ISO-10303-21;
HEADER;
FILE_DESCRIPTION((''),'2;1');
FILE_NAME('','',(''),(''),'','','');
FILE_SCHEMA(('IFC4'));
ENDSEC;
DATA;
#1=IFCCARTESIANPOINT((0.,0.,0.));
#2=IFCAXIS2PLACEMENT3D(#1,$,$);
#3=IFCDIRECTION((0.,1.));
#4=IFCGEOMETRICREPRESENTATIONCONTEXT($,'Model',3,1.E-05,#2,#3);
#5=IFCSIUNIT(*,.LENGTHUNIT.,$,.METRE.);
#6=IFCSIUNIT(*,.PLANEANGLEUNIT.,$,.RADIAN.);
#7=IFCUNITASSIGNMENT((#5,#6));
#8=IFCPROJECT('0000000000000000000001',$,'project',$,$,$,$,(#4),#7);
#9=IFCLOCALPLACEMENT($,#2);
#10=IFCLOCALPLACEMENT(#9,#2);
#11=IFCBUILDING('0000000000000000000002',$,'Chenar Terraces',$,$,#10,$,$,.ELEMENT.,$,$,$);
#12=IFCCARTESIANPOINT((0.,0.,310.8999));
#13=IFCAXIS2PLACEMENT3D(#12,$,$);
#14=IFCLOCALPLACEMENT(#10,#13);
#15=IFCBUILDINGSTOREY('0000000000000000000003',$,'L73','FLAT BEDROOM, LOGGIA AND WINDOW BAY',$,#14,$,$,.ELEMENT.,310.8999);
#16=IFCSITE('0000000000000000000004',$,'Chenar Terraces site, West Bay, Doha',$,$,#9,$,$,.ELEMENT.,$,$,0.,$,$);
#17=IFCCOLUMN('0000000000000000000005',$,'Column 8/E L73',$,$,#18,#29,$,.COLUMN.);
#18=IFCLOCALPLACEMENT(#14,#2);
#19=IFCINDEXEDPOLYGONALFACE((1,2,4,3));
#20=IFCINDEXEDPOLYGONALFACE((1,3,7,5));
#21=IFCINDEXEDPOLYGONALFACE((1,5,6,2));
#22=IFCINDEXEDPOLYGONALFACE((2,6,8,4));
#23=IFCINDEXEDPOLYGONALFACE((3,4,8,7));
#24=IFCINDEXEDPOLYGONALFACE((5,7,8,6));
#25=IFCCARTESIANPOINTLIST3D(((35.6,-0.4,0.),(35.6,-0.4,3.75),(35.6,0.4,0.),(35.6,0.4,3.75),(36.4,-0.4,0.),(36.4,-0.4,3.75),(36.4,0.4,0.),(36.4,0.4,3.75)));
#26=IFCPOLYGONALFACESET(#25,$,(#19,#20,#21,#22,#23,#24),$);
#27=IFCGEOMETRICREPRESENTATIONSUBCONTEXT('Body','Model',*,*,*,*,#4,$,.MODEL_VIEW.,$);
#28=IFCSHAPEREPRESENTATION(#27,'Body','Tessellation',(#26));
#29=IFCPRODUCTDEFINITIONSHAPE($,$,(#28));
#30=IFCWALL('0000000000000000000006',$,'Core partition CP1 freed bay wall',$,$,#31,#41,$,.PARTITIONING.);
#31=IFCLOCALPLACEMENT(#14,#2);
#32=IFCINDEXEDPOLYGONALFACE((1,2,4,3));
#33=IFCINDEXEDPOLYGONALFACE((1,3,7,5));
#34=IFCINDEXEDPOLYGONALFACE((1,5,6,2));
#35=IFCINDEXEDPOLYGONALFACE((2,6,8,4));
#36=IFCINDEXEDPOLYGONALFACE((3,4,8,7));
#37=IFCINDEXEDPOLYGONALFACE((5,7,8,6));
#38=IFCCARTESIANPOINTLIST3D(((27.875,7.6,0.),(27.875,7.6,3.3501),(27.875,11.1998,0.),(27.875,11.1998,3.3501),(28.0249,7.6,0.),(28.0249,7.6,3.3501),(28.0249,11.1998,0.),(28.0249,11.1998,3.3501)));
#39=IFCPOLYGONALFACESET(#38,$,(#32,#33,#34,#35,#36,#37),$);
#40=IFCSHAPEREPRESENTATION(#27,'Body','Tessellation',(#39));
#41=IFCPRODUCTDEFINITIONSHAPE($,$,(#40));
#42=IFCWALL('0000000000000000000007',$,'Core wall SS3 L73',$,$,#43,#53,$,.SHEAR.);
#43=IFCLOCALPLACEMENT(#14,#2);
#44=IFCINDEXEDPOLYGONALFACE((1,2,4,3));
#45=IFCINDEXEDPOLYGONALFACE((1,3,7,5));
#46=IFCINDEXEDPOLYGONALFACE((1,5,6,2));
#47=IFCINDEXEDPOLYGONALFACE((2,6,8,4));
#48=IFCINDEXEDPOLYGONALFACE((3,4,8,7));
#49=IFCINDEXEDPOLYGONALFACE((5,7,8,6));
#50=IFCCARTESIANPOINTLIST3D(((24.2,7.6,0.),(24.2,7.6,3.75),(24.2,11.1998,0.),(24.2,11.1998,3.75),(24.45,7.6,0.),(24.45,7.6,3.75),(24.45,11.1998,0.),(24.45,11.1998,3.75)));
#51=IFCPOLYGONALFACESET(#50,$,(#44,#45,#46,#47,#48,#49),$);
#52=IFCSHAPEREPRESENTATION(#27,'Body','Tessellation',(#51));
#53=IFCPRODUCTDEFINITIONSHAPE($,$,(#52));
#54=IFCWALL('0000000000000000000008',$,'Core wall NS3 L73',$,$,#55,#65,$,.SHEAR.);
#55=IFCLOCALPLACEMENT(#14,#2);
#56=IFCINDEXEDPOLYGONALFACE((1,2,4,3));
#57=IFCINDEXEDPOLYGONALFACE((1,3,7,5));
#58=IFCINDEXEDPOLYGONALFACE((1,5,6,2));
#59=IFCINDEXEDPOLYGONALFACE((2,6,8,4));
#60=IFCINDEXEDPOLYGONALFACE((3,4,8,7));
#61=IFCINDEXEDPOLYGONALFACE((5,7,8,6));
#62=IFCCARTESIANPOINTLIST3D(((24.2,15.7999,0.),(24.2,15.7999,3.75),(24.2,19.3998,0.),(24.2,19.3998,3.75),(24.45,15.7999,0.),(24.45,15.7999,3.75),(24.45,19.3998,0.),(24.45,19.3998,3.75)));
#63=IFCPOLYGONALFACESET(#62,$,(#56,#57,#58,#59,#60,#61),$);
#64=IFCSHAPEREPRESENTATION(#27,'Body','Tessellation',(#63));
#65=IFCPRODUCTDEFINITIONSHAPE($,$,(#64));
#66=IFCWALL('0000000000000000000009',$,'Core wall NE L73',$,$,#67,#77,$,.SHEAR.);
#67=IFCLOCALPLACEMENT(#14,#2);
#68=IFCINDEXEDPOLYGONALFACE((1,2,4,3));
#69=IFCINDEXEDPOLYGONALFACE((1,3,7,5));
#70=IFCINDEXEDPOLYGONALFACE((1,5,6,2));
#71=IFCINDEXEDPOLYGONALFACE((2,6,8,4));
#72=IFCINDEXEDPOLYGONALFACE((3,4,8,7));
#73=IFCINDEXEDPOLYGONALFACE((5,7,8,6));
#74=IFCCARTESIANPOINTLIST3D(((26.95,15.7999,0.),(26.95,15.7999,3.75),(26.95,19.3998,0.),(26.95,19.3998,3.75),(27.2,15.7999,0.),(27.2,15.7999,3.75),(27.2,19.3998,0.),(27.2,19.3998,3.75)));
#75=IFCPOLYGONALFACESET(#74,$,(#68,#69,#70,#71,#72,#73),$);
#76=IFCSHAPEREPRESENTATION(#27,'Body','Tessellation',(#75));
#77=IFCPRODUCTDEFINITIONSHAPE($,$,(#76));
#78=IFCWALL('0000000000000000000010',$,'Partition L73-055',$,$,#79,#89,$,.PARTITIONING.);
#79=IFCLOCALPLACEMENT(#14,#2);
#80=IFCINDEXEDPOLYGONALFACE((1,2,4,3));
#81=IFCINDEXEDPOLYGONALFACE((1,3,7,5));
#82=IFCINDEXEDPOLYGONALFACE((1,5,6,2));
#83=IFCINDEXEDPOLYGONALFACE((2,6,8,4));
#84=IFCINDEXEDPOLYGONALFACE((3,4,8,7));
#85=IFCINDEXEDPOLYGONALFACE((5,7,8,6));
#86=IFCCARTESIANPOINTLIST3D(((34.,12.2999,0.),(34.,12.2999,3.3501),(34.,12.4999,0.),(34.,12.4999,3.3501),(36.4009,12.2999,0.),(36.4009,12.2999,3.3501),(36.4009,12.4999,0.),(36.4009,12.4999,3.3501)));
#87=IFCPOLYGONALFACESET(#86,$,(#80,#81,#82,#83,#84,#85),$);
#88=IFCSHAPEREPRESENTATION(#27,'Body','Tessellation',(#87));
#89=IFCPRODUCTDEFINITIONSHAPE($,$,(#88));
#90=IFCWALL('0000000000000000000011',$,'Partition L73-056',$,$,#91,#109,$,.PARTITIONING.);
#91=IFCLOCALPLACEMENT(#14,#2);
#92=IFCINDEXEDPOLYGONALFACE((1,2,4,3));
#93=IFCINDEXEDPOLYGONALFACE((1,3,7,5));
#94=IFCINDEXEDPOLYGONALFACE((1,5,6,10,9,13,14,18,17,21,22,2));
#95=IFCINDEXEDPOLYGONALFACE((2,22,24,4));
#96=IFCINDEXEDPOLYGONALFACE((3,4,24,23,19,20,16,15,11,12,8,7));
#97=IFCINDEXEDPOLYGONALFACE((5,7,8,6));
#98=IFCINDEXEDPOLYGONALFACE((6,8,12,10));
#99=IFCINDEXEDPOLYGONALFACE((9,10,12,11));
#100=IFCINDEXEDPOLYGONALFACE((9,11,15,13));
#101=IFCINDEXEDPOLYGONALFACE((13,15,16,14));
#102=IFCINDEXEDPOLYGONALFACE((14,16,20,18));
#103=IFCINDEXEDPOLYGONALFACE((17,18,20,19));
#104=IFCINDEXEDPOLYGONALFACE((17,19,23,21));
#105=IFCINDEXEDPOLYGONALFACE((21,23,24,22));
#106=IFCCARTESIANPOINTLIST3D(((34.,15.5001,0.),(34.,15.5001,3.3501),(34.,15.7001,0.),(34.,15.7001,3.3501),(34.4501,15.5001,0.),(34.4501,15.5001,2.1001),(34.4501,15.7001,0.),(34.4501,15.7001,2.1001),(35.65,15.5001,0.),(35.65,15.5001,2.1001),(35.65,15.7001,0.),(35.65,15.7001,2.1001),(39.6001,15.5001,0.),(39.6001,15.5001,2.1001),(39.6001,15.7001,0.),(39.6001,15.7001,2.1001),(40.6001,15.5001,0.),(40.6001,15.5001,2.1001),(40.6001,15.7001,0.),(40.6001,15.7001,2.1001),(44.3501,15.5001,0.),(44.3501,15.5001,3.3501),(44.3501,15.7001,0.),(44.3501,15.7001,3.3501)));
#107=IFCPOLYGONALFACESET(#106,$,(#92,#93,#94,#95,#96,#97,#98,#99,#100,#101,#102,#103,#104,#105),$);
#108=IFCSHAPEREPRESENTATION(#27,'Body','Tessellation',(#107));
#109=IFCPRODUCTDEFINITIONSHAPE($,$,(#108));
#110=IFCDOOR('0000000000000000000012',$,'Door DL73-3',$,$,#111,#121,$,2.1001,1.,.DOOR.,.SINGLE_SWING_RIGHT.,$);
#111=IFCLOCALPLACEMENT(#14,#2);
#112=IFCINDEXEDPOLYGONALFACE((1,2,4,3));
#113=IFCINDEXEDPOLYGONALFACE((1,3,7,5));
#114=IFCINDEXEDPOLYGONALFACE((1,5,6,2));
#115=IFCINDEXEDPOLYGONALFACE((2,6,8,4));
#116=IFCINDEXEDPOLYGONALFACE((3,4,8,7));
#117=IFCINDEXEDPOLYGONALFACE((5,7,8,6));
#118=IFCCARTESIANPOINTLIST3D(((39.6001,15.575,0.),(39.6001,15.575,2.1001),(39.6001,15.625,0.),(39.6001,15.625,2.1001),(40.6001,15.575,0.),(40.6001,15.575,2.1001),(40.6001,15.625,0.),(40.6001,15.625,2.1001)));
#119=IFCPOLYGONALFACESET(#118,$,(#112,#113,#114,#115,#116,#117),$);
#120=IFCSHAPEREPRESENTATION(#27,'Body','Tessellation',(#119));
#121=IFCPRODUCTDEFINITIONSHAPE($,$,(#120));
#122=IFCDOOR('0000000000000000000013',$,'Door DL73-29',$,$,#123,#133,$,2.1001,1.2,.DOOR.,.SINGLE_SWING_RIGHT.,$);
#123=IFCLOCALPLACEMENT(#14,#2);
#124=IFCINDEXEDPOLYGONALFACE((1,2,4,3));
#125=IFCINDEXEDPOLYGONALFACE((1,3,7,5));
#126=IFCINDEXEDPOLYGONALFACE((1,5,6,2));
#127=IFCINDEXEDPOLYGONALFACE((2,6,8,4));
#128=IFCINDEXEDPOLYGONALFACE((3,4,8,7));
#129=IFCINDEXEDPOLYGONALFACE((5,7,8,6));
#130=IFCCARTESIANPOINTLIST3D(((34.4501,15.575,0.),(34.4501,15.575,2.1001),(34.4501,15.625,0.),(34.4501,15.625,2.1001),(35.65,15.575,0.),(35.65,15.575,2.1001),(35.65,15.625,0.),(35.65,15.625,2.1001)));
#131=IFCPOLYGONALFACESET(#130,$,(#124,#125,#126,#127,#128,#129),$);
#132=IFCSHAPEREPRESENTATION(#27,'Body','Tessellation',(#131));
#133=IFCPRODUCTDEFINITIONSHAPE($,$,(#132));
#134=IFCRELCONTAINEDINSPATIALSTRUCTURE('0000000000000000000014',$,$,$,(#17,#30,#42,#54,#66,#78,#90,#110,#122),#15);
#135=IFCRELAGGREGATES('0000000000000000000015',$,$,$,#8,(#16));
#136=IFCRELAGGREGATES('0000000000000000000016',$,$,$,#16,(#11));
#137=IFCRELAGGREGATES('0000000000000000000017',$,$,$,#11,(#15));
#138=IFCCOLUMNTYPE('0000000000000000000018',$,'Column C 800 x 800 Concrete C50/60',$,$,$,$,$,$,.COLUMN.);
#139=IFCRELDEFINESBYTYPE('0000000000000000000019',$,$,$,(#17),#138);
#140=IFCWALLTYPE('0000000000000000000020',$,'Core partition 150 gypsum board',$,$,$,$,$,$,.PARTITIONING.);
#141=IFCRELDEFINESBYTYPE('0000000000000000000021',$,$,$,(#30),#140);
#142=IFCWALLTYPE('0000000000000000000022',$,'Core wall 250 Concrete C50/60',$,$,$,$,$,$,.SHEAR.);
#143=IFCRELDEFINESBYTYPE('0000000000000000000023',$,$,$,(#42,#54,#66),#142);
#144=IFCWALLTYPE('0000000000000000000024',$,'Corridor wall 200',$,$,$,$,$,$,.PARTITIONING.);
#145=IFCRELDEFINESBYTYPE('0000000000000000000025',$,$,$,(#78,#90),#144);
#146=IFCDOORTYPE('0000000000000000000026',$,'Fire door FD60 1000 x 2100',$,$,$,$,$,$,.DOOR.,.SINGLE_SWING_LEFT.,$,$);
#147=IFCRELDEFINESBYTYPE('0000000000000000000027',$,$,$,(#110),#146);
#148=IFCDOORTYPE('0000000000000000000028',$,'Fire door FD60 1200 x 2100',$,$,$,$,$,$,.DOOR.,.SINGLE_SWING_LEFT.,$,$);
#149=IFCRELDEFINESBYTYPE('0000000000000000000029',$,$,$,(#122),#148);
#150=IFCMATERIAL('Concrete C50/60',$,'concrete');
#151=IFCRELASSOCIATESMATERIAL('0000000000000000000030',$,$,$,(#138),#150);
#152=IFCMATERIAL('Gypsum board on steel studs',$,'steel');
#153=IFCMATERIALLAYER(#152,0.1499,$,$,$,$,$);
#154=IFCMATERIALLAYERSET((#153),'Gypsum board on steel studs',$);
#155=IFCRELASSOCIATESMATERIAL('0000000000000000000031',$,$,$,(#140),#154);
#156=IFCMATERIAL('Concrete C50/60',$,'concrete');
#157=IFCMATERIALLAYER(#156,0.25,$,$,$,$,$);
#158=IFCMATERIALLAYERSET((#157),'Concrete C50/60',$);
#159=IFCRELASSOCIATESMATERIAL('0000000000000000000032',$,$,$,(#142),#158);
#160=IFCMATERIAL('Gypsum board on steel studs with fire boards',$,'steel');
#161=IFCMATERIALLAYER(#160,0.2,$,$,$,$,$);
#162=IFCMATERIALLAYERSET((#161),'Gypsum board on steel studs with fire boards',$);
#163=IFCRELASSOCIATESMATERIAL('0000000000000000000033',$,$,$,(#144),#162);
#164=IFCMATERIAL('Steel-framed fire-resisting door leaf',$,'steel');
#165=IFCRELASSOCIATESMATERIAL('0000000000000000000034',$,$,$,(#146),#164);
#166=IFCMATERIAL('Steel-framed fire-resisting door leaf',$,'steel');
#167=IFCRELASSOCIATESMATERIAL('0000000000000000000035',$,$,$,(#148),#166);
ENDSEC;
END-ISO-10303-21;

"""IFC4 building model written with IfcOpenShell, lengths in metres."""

from ifc_helpers import new_model, si_unit, direction, frame, frame_2d, origin, origin_2d, place, context, subcontext, project, spatial, rectangle, extrude, material, layer, layer_set, material_profile, profile_set, type_object, element, fill, save


model = new_model("IFC4")

# Units and contexts
model_context = context("Model", 3, precision=1e-05, world=origin(), true_north=direction((0.0, 1.0)))
body_context = subcontext(model_context, "Body", "Model", "MODEL_VIEW")
ifc_project = project(units=[si_unit("LENGTHUNIT", "METRE"), si_unit("PLANEANGLEUNIT", "RADIAN")], contexts=[model_context])

# Site, building, storey
site_placement = place(None, origin())
site = spatial("IfcSite", under=ifc_project, at=site_placement, Name="Chenar Terraces site, West Bay, Doha", CompositionType="ELEMENT", RefElevation=0.0)
building_placement = place(site_placement, origin())
building = spatial("IfcBuilding", under=site, at=building_placement, Name="Chenar Terraces", CompositionType="ELEMENT")
storey_placement = place(building_placement, frame((0.0, 0.0, 310.8999)))
storey = spatial("IfcBuildingStorey", under=building, at=storey_placement, Name="L73", Description="FLAT BEDROOM, LOGGIA AND WINDOW BAY", CompositionType="ELEMENT", Elevation=310.8999)

# Column
ifc_material_1 = material(Name="Concrete C50/60", Category="concrete")
ifc_material_profile_1 = material_profile(ifc_material_1, rectangle(XDim=0.8, YDim=0.8, at=origin_2d()), Name="C 800 x 800")
ifc_profile_set_1 = profile_set([ifc_material_profile_1], Name="Concrete C50/60")
column_type = type_object("IfcColumnType", Name="Column C 800 x 800 Concrete C50/60", PredefinedType="COLUMN", material=ifc_profile_set_1)
column_placement = place(storey_placement, frame((36.0, 0.0, 0.0), z_axis=(0.0, 0.0, 1.0), x_axis=(1.0, 0.0, 0.0)))
element("IfcColumn", 1, at=column_placement, inside=storey, type_object=column_type, Name="Column 8/E L73", PredefinedType="COLUMN", context=body_context, shape_type="SweptSolid", body=[
    extrude(rectangle(XDim=0.8, YDim=0.8, at=origin_2d()), origin(), (0.0, 0.0, 1.0), 3.75),
])

# Walls
ifc_material_2 = material(Name="Gypsum board on steel studs", Category="steel")
ifc_layer_1 = layer(ifc_material_2, 0.1499)
ifc_layer_set_1 = layer_set([ifc_layer_1], Name="Gypsum board on steel studs")
wall_type_1 = type_object("IfcWallType", Name="Core partition 150 gypsum board", PredefinedType="PARTITIONING", material=ifc_layer_set_1)
wall_1_placement = place(storey_placement, frame((27.95, 7.6001, 0.0), z_axis=(0.0, 0.0, 1.0), x_axis=(0.0, 1.0, 0.0)))
element("IfcWall", 2, at=wall_1_placement, inside=storey, type_object=wall_type_1, Name="Core partition CP1 freed bay wall", PredefinedType="PARTITIONING", context=body_context, shape_type="SweptSolid", body=[
    extrude(rectangle(XDim=3.5999, YDim=0.1499, at=frame_2d((1.7998, 0.0))), origin(), (0.0, 0.0, 1.0), 3.3501),
])
ifc_material_3 = material(Name="Concrete C50/60", Category="concrete")
ifc_layer_2 = layer(ifc_material_3, 0.25)
ifc_layer_set_2 = layer_set([ifc_layer_2], Name="Concrete C50/60")
wall_type_2 = type_object("IfcWallType", Name="Core wall 250 Concrete C50/60", PredefinedType="SHEAR", material=ifc_layer_set_2)
for number, where, z_axis, x_axis, name in (
    (3, (24.325, 7.6001, 0.0), (0.0, 0.0, 1.0), (0.0, 1.0, 0.0), "Core wall SS3 L73"),
    (4, (24.325, 15.8, 0.0), (0.0, 0.0, 1.0), (0.0, 1.0, 0.0), "Core wall NS3 L73"),
    (5, (27.075, 15.8, 0.0), (0.0, 0.0, 1.0), (0.0, 1.0, 0.0), "Core wall NE L73"),
):
    element("IfcWall", number, at=place(storey_placement, frame(where, z_axis=z_axis, x_axis=x_axis)), inside=storey, type_object=wall_type_2, Name=name, PredefinedType="SHEAR", context=body_context, shape_type="SweptSolid", body=[
        extrude(rectangle(XDim=3.5999, YDim=0.25, at=frame_2d((1.7998, 0.0))), origin(), (0.0, 0.0, 1.0), 3.75),
    ])

# Wall
ifc_material_4 = material(Name="Gypsum board on steel studs with fire boards", Category="steel")
ifc_layer_3 = layer(ifc_material_4, 0.2)
ifc_layer_set_3 = layer_set([ifc_layer_3], Name="Gypsum board on steel studs with fire boards")
wall_type_3 = type_object("IfcWallType", Name="Corridor wall 200", PredefinedType="PARTITIONING", material=ifc_layer_set_3)
wall_2_placement = place(storey_placement, frame((34.0, 12.3999, 0.0), z_axis=(0.0, 0.0, 1.0), x_axis=(1.0, 0.0, 0.0)))
element("IfcWall", 6, at=wall_2_placement, inside=storey, type_object=wall_type_3, Name="Partition L73-055", PredefinedType="PARTITIONING", context=body_context, shape_type="SweptSolid", body=[
    extrude(rectangle(XDim=2.4009, YDim=0.2, at=frame_2d((1.2004, 0.0))), origin(), (0.0, 0.0, 1.0), 3.3501),
])

# Wall, openings, doors
wall_3_placement = place(storey_placement, frame((34.0, 15.6001, 0.0), z_axis=(0.0, 0.0, 1.0), x_axis=(1.0, 0.0, 0.0)))
wall_3 = element("IfcWall", 7, at=wall_3_placement, inside=storey, type_object=wall_type_3, Name="Partition L73-056", PredefinedType="PARTITIONING", context=body_context, shape_type="SweptSolid", body=[
    extrude(rectangle(XDim=10.3501, YDim=0.2, at=frame_2d((5.175, 0.0))), origin(), (0.0, 0.0, 1.0), 3.3501),
])
opening_1_placement = place(wall_3_placement, frame((5.6001, 0.0, 0.0)))
opening_1 = element("IfcOpeningElement", 8, at=opening_1_placement, cuts=wall_3, PredefinedType="OPENING", context=body_context, shape_type="SweptSolid", body=[
    extrude(rectangle(XDim=1.0, YDim=2.1001, at=frame_2d((0.5, 1.05))), frame((0.0, 0.1099, 0.0), z_axis=(0.0, -1.0, 0.0), x_axis=(1.0, 0.0, 0.0)), (0.0, 0.0, 1.0), 0.22),
])
opening_2_placement = place(wall_3_placement, frame((0.45, 0.0, 0.0)))
opening_2 = element("IfcOpeningElement", 9, at=opening_2_placement, cuts=wall_3, PredefinedType="OPENING", context=body_context, shape_type="SweptSolid", body=[
    extrude(rectangle(XDim=1.2, YDim=2.1001, at=frame_2d((0.6001, 1.05))), frame((0.0, 0.1099, 0.0), z_axis=(0.0, -1.0, 0.0), x_axis=(1.0, 0.0, 0.0)), (0.0, 0.0, 1.0), 0.22),
])
ifc_material_5 = material(Name="Steel-framed fire-resisting door leaf", Category="steel")
door_type_1 = type_object("IfcDoorType", Name="Fire door FD60 1000 x 2100", OperationType="SINGLE_SWING_LEFT", PredefinedType="DOOR", material=ifc_material_5)
door_1_placement = place(opening_1_placement, origin())
door_1 = element("IfcDoor", 10, at=door_1_placement, inside=storey, type_object=door_type_1, Name="Door DL73-3", OperationType="SINGLE_SWING_RIGHT", OverallHeight=2.1001, OverallWidth=1.0, PredefinedType="DOOR", context=body_context, shape_type="SweptSolid", body=[
    extrude(rectangle(XDim=1.0, YDim=2.1001, at=frame_2d((0.5, 1.05))), frame((0.0, 0.0249, 0.0), z_axis=(0.0, -1.0, 0.0), x_axis=(1.0, 0.0, 0.0)), (0.0, 0.0, 1.0), 0.05),
])
fill(opening_1, door_1)
ifc_material_6 = material(Name="Steel-framed fire-resisting door leaf", Category="steel")
door_type_2 = type_object("IfcDoorType", Name="Fire door FD60 1200 x 2100", OperationType="SINGLE_SWING_LEFT", PredefinedType="DOOR", material=ifc_material_6)
door_2_placement = place(opening_2_placement, origin())
door_2 = element("IfcDoor", 11, at=door_2_placement, inside=storey, type_object=door_type_2, Name="Door DL73-29", OperationType="SINGLE_SWING_RIGHT", OverallHeight=2.1001, OverallWidth=1.2, PredefinedType="DOOR", context=body_context, shape_type="SweptSolid", body=[
    extrude(rectangle(XDim=1.2, YDim=2.1001, at=frame_2d((0.6001, 1.05))), frame((0.0, 0.0249, 0.0), z_axis=(0.0, -1.0, 0.0), x_axis=(1.0, 0.0, 0.0)), (0.0, 0.0, 1.0), 0.05),
])
fill(opening_2, door_2)

save(model, "model.ifc")
